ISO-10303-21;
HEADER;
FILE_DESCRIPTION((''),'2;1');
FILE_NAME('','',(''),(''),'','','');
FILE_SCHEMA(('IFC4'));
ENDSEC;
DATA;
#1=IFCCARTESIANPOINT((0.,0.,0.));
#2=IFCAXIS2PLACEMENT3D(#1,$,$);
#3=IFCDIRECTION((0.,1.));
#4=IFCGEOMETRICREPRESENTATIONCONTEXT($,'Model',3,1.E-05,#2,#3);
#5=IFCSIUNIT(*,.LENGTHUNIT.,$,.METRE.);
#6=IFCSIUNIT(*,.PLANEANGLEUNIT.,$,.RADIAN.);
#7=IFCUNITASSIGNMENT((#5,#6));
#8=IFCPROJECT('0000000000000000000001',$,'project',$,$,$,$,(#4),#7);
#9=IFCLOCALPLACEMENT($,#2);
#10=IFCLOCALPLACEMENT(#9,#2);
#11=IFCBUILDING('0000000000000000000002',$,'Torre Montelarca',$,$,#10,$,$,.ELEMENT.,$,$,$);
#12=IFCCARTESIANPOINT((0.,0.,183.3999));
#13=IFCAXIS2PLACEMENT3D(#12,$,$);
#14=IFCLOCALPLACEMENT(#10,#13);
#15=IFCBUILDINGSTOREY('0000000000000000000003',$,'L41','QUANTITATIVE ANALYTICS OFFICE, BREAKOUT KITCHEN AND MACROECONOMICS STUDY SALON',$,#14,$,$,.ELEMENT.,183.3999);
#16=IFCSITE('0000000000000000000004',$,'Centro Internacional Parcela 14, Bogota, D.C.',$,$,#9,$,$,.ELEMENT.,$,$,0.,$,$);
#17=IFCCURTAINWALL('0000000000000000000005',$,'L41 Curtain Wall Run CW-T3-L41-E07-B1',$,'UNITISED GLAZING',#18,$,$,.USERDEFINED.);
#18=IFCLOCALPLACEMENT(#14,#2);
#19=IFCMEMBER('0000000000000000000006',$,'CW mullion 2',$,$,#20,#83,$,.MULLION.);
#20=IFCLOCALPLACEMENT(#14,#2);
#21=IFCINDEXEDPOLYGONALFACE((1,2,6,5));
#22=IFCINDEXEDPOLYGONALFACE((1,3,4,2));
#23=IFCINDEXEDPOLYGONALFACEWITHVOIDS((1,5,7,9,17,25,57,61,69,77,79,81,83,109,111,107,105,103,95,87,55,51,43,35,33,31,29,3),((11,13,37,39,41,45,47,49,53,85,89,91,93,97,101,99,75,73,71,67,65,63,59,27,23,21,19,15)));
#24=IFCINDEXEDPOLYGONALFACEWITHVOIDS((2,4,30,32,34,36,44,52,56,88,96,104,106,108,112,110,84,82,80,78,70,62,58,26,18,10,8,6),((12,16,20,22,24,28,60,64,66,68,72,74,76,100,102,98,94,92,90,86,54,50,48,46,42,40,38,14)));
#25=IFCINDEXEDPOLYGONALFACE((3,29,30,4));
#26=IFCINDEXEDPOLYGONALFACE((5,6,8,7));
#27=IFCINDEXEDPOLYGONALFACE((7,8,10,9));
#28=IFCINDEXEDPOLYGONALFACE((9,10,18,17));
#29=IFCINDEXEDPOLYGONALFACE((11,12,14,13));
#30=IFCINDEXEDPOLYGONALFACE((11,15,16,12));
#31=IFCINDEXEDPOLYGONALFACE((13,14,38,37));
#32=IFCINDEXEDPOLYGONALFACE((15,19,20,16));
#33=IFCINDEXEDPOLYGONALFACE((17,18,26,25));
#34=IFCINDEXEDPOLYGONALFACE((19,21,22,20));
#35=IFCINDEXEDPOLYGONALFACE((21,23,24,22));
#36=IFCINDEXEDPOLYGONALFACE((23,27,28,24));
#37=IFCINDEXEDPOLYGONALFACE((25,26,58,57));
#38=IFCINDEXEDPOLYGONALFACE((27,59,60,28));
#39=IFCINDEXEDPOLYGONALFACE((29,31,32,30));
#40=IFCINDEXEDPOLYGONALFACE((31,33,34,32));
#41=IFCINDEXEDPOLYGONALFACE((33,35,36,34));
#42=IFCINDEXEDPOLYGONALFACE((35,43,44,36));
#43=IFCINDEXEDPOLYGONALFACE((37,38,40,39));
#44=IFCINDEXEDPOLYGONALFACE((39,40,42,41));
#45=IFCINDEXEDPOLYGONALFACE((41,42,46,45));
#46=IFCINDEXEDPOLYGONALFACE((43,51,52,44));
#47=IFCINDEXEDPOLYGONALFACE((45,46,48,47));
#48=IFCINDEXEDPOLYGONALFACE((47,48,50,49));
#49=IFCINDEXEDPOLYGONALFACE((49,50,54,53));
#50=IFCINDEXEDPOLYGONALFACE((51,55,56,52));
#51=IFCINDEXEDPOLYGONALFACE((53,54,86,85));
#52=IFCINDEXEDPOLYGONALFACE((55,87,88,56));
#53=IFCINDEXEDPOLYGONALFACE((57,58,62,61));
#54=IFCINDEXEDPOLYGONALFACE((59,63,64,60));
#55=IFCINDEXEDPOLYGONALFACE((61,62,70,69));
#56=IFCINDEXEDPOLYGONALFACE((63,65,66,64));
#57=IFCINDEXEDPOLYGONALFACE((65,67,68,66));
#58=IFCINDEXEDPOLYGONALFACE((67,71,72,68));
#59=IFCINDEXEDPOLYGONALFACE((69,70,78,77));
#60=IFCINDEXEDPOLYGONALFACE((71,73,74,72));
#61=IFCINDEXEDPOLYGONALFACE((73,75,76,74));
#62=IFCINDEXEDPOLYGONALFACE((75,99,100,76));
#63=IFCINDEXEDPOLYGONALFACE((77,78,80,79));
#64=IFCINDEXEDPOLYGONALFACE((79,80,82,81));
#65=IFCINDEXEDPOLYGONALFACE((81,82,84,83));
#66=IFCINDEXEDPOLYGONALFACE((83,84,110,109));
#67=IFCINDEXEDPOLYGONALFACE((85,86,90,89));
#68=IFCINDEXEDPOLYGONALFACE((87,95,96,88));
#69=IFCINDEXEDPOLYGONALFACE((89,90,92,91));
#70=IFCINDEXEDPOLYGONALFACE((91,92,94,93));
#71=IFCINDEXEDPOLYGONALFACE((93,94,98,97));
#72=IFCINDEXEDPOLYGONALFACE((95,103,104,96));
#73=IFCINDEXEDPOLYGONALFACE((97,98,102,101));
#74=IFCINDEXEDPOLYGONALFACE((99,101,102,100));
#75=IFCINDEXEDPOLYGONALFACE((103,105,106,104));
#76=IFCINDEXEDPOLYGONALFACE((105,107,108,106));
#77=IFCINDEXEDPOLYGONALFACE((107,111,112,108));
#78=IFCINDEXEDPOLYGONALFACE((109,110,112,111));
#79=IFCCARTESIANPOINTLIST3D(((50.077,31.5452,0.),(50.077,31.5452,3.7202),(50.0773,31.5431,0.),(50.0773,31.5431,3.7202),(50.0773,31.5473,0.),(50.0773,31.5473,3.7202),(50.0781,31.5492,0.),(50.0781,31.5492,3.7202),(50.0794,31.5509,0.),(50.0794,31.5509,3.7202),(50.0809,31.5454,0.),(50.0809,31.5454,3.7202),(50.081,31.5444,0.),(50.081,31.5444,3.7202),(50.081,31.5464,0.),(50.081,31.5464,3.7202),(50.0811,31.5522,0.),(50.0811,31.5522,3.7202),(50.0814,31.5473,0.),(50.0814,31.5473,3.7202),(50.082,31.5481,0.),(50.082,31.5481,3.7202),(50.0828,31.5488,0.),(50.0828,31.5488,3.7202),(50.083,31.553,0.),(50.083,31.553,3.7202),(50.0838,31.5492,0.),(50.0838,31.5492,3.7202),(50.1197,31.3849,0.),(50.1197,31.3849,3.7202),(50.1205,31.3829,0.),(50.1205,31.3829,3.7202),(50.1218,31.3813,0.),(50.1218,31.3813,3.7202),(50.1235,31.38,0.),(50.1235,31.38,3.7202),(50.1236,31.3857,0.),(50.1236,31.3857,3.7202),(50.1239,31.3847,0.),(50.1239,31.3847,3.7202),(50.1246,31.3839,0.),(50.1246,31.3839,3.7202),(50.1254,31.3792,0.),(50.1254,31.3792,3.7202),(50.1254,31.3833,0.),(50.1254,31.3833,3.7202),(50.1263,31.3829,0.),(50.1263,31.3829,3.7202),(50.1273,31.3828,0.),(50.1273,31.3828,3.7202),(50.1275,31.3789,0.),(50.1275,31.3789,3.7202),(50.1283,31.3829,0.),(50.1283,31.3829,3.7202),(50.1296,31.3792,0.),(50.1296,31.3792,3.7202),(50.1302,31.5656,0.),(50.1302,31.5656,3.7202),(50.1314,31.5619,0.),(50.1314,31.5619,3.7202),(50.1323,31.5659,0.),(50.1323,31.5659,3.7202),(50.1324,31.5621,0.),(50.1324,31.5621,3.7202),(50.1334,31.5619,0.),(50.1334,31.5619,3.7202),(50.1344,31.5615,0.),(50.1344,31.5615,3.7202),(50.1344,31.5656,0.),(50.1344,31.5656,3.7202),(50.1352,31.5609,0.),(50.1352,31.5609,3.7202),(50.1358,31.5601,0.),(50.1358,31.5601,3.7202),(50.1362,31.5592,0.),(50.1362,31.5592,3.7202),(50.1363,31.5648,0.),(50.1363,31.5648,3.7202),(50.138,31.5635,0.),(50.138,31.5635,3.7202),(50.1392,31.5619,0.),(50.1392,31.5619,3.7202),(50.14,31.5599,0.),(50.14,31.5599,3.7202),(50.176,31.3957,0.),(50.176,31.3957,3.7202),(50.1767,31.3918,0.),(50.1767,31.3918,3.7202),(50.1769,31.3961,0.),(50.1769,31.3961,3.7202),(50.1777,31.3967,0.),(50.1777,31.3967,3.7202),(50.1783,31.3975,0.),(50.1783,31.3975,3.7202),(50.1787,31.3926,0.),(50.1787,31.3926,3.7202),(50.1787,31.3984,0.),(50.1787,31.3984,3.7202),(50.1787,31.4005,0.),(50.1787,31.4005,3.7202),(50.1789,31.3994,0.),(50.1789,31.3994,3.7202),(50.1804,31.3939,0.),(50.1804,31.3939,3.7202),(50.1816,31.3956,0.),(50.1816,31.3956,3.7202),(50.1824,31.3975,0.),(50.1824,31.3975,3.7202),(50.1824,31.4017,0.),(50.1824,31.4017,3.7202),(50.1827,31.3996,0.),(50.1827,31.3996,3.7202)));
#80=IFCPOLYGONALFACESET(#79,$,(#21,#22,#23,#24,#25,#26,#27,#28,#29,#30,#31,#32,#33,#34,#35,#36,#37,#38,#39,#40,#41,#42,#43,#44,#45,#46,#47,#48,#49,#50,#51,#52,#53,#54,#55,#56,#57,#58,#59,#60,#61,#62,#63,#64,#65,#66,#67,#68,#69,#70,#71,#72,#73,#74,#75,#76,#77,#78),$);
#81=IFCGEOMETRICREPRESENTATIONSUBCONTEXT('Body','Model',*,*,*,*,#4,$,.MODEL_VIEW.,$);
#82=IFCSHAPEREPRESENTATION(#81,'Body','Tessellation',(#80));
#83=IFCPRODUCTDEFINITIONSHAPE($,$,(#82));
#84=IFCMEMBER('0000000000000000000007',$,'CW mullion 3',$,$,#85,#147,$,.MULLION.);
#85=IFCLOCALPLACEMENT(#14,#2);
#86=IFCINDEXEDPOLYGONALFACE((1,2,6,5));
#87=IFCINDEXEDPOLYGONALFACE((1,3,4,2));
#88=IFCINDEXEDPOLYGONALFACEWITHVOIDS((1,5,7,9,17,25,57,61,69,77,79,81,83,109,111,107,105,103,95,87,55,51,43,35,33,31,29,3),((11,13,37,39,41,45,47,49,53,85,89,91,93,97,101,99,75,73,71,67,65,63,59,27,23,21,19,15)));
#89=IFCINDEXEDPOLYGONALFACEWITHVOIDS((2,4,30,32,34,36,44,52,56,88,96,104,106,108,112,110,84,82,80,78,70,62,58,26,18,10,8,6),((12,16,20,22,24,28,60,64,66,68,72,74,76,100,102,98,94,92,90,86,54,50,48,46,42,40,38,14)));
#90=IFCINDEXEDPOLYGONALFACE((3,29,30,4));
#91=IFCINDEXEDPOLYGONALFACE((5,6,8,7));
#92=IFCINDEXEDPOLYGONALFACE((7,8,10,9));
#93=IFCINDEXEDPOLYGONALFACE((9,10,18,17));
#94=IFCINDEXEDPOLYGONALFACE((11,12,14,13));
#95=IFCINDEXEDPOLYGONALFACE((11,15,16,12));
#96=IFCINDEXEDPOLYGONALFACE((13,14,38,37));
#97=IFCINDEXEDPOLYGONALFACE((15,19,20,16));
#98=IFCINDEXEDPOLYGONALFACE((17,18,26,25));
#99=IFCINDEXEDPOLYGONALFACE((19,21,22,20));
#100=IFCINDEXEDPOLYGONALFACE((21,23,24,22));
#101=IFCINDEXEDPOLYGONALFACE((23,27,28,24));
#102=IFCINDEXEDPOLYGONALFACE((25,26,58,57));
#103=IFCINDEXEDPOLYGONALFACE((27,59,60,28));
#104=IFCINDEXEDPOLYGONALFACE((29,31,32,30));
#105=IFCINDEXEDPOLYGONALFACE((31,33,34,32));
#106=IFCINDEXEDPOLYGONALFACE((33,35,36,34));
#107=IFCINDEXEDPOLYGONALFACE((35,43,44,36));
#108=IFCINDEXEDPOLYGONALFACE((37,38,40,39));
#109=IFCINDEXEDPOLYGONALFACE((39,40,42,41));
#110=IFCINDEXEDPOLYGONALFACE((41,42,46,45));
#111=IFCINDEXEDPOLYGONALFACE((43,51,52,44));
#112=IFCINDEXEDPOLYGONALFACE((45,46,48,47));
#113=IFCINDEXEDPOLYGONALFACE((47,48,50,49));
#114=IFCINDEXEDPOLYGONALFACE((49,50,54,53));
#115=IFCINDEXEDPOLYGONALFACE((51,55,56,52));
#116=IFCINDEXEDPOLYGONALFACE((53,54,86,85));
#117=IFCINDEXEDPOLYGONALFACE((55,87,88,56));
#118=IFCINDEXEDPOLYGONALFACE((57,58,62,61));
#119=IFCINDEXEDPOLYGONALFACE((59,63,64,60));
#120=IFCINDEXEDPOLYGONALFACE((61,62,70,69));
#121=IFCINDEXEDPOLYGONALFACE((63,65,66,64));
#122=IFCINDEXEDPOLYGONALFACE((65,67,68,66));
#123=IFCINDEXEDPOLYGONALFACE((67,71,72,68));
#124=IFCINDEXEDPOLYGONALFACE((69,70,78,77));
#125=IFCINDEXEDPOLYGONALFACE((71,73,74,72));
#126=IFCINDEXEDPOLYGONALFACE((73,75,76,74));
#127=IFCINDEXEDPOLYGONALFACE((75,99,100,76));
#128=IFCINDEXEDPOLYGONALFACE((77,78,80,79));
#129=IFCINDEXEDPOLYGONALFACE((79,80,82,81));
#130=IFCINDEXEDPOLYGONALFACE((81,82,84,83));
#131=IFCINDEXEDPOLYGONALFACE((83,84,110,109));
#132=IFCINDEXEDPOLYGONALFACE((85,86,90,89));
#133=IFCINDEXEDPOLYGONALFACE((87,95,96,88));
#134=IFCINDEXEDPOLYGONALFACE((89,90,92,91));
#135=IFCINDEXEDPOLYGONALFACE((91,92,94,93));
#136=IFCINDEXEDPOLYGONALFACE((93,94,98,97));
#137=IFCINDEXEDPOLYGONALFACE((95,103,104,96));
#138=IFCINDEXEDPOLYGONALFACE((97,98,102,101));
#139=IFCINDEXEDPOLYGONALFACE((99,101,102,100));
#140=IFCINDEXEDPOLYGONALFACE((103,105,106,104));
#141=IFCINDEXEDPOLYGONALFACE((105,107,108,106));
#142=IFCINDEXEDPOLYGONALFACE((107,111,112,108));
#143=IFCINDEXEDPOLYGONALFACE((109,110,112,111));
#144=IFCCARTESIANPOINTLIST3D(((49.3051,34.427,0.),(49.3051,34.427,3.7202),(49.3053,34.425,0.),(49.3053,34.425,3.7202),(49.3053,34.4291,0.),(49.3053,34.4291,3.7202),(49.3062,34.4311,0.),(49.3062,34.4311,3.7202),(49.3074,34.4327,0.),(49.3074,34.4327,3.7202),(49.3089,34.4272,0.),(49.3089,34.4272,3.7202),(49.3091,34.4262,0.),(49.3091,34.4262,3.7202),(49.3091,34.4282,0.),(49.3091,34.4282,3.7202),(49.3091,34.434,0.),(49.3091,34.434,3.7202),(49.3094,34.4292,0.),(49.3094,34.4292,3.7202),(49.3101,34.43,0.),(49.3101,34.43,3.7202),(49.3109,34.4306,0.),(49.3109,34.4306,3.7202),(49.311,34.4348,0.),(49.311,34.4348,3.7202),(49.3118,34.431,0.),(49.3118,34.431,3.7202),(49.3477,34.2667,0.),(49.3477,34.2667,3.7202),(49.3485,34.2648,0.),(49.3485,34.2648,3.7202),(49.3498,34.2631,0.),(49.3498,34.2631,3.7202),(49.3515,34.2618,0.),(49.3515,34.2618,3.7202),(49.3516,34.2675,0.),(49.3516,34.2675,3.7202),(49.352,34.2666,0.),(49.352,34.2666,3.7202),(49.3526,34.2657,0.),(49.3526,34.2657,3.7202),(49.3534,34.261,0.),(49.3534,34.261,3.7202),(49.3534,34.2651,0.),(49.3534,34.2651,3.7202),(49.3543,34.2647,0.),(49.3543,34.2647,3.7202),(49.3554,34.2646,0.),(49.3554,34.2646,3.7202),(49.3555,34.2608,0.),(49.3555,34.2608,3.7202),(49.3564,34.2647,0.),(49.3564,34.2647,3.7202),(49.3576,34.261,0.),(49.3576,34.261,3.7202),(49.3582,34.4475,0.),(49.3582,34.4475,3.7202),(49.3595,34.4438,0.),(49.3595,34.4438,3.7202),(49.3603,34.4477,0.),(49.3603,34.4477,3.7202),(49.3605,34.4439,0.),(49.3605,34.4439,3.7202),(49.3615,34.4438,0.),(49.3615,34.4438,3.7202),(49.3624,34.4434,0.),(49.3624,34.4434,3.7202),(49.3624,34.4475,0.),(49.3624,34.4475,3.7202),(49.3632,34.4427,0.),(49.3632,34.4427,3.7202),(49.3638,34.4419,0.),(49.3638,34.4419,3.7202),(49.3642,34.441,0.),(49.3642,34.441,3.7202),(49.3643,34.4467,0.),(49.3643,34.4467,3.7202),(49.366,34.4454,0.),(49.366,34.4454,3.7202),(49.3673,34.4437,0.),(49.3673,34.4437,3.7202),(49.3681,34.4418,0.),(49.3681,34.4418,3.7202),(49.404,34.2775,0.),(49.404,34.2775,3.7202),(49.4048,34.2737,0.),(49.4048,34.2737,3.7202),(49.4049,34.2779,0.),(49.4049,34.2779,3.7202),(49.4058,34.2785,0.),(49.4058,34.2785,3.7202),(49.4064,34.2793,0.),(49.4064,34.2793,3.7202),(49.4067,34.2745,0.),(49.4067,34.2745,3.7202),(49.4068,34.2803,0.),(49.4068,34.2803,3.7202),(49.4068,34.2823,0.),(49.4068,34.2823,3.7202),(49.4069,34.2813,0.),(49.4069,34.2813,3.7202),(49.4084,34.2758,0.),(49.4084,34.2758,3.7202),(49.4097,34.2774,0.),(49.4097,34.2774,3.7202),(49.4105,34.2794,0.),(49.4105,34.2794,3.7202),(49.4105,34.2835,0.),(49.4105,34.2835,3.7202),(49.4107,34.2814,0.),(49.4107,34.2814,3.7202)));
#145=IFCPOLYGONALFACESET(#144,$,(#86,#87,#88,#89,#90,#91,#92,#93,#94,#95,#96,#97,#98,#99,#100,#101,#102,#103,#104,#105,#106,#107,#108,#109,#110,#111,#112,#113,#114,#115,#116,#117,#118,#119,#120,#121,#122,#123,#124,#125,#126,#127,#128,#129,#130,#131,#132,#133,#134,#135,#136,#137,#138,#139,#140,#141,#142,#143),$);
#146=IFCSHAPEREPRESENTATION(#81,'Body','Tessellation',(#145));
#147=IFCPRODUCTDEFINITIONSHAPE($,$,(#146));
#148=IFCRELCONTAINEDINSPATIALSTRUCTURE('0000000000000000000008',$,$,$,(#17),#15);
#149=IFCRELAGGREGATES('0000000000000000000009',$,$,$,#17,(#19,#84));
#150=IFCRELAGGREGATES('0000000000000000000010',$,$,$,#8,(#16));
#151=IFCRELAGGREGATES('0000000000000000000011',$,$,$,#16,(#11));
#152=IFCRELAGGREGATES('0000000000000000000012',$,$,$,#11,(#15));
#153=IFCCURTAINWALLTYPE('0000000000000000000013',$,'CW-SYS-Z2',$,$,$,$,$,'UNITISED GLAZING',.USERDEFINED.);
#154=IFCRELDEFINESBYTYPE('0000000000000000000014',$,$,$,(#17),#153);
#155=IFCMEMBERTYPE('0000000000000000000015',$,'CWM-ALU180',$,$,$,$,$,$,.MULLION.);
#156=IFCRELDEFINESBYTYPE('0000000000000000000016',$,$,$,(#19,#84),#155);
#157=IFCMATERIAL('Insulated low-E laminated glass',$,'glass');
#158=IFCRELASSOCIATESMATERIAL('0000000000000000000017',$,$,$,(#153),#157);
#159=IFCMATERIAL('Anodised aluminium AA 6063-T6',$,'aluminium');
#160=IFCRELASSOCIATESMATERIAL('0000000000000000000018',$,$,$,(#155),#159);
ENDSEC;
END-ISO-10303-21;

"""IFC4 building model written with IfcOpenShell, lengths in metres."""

from ifc_helpers import new_model, si_unit, direction, frame, origin, origin_2d, place, context, subcontext, project, spatial, hollow_rectangle, extrude, source, transform, mapped, material, material_profile, profile_set, type_object, element, aggregate, save


model = new_model("IFC4")

# Units and contexts
model_context = context("Model", 3, precision=1e-05, world=origin(), true_north=direction((0.0, 1.0)))
body_context = subcontext(model_context, "Body", "Model", "MODEL_VIEW")
ifc_project = project(units=[si_unit("LENGTHUNIT", "METRE"), si_unit("PLANEANGLEUNIT", "RADIAN")], contexts=[model_context])

# Site, building, storey
site_placement = place(None, origin())
site = spatial("IfcSite", under=ifc_project, at=site_placement, Name="Centro Internacional Parcela 14, Bogota, D.C.", CompositionType="ELEMENT", RefElevation=0.0)
building_placement = place(site_placement, origin())
building = spatial("IfcBuilding", under=site, at=building_placement, Name="Torre Montelarca", CompositionType="ELEMENT")
storey_placement = place(building_placement, frame((0.0, 0.0, 183.3999)))
storey = spatial("IfcBuildingStorey", under=building, at=storey_placement, Name="L41", Description="QUANTITATIVE ANALYTICS OFFICE, BREAKOUT KITCHEN AND MACROECONOMICS STUDY SALON", CompositionType="ELEMENT", Elevation=183.3999)

# Curtain wall, members
ifc_material_1 = material(Name="Insulated low-E laminated glass", Category="glass")
curtain_wall_type = type_object("IfcCurtainWallType", Name="CW-SYS-Z2", ElementType="UNITISED GLAZING", PredefinedType="USERDEFINED", material=ifc_material_1)
curtain_wall_1_placement = place(storey_placement, origin())
curtain_wall_1 = element("IfcCurtainWall", 1, at=curtain_wall_1_placement, inside=storey, type_object=curtain_wall_type, Name="L41 Curtain Wall Run CW-T3-L41-E07-B1", ObjectType="UNITISED GLAZING", PredefinedType="USERDEFINED")
ifc_material_2 = material(Name="Anodised aluminium AA 6063-T6", Category="aluminium")
ifc_material_profile_1 = material_profile(ifc_material_2, hollow_rectangle(XDim=0.0649, YDim=0.1799, WallThickness=0.0039, InnerFilletRadius=0.0039, OuterFilletRadius=0.0081, at=origin_2d()), Name="ALU65X180X4", Category="aluminium")
ifc_profile_set_1 = profile_set([ifc_material_profile_1], Name="Anodised aluminium AA 6063-T6")
member_type_1 = type_object("IfcMemberType", Name="CWM-ALU180", PredefinedType="MULLION", material=ifc_profile_set_1)
shared_shape_1 = source(origin(), body_context, "Body", "SweptSolid", [
    extrude(hollow_rectangle(XDim=0.0649, YDim=0.1799, WallThickness=0.0039, InnerFilletRadius=0.0039, OuterFilletRadius=0.0081, at=origin_2d()), origin(), (0.0, 0.0, 1.0), 3.7202),
])
member_1_placement = place(storey_placement, frame((50.1299, 31.4724, 0.0), z_axis=(0.0, 0.0, 1.0), x_axis=(-0.965927, -0.258814, 0.0)))
member_1 = element("IfcMember", 2, at=member_1_placement, type_object=member_type_1, Name="CW mullion 2", PredefinedType="MULLION", context=body_context, shape_type="MappedRepresentation", body=[
    mapped(shared_shape_1, transform((0.0, 0.0, 0.0), scale=1.0)),
])
member_2_placement = place(storey_placement, frame((49.3579, 34.3542, 0.0), z_axis=(0.0, 0.0, 1.0), x_axis=(-0.965927, -0.258814, 0.0)))
member_2 = element("IfcMember", 3, at=member_2_placement, type_object=member_type_1, Name="CW mullion 3", PredefinedType="MULLION", context=body_context, shape_type="MappedRepresentation", body=[
    mapped(shared_shape_1, transform((0.0, 0.0, 0.0), scale=1.0)),
])

aggregate(curtain_wall_1, [member_1, member_2])

save(model, "model.ifc")
